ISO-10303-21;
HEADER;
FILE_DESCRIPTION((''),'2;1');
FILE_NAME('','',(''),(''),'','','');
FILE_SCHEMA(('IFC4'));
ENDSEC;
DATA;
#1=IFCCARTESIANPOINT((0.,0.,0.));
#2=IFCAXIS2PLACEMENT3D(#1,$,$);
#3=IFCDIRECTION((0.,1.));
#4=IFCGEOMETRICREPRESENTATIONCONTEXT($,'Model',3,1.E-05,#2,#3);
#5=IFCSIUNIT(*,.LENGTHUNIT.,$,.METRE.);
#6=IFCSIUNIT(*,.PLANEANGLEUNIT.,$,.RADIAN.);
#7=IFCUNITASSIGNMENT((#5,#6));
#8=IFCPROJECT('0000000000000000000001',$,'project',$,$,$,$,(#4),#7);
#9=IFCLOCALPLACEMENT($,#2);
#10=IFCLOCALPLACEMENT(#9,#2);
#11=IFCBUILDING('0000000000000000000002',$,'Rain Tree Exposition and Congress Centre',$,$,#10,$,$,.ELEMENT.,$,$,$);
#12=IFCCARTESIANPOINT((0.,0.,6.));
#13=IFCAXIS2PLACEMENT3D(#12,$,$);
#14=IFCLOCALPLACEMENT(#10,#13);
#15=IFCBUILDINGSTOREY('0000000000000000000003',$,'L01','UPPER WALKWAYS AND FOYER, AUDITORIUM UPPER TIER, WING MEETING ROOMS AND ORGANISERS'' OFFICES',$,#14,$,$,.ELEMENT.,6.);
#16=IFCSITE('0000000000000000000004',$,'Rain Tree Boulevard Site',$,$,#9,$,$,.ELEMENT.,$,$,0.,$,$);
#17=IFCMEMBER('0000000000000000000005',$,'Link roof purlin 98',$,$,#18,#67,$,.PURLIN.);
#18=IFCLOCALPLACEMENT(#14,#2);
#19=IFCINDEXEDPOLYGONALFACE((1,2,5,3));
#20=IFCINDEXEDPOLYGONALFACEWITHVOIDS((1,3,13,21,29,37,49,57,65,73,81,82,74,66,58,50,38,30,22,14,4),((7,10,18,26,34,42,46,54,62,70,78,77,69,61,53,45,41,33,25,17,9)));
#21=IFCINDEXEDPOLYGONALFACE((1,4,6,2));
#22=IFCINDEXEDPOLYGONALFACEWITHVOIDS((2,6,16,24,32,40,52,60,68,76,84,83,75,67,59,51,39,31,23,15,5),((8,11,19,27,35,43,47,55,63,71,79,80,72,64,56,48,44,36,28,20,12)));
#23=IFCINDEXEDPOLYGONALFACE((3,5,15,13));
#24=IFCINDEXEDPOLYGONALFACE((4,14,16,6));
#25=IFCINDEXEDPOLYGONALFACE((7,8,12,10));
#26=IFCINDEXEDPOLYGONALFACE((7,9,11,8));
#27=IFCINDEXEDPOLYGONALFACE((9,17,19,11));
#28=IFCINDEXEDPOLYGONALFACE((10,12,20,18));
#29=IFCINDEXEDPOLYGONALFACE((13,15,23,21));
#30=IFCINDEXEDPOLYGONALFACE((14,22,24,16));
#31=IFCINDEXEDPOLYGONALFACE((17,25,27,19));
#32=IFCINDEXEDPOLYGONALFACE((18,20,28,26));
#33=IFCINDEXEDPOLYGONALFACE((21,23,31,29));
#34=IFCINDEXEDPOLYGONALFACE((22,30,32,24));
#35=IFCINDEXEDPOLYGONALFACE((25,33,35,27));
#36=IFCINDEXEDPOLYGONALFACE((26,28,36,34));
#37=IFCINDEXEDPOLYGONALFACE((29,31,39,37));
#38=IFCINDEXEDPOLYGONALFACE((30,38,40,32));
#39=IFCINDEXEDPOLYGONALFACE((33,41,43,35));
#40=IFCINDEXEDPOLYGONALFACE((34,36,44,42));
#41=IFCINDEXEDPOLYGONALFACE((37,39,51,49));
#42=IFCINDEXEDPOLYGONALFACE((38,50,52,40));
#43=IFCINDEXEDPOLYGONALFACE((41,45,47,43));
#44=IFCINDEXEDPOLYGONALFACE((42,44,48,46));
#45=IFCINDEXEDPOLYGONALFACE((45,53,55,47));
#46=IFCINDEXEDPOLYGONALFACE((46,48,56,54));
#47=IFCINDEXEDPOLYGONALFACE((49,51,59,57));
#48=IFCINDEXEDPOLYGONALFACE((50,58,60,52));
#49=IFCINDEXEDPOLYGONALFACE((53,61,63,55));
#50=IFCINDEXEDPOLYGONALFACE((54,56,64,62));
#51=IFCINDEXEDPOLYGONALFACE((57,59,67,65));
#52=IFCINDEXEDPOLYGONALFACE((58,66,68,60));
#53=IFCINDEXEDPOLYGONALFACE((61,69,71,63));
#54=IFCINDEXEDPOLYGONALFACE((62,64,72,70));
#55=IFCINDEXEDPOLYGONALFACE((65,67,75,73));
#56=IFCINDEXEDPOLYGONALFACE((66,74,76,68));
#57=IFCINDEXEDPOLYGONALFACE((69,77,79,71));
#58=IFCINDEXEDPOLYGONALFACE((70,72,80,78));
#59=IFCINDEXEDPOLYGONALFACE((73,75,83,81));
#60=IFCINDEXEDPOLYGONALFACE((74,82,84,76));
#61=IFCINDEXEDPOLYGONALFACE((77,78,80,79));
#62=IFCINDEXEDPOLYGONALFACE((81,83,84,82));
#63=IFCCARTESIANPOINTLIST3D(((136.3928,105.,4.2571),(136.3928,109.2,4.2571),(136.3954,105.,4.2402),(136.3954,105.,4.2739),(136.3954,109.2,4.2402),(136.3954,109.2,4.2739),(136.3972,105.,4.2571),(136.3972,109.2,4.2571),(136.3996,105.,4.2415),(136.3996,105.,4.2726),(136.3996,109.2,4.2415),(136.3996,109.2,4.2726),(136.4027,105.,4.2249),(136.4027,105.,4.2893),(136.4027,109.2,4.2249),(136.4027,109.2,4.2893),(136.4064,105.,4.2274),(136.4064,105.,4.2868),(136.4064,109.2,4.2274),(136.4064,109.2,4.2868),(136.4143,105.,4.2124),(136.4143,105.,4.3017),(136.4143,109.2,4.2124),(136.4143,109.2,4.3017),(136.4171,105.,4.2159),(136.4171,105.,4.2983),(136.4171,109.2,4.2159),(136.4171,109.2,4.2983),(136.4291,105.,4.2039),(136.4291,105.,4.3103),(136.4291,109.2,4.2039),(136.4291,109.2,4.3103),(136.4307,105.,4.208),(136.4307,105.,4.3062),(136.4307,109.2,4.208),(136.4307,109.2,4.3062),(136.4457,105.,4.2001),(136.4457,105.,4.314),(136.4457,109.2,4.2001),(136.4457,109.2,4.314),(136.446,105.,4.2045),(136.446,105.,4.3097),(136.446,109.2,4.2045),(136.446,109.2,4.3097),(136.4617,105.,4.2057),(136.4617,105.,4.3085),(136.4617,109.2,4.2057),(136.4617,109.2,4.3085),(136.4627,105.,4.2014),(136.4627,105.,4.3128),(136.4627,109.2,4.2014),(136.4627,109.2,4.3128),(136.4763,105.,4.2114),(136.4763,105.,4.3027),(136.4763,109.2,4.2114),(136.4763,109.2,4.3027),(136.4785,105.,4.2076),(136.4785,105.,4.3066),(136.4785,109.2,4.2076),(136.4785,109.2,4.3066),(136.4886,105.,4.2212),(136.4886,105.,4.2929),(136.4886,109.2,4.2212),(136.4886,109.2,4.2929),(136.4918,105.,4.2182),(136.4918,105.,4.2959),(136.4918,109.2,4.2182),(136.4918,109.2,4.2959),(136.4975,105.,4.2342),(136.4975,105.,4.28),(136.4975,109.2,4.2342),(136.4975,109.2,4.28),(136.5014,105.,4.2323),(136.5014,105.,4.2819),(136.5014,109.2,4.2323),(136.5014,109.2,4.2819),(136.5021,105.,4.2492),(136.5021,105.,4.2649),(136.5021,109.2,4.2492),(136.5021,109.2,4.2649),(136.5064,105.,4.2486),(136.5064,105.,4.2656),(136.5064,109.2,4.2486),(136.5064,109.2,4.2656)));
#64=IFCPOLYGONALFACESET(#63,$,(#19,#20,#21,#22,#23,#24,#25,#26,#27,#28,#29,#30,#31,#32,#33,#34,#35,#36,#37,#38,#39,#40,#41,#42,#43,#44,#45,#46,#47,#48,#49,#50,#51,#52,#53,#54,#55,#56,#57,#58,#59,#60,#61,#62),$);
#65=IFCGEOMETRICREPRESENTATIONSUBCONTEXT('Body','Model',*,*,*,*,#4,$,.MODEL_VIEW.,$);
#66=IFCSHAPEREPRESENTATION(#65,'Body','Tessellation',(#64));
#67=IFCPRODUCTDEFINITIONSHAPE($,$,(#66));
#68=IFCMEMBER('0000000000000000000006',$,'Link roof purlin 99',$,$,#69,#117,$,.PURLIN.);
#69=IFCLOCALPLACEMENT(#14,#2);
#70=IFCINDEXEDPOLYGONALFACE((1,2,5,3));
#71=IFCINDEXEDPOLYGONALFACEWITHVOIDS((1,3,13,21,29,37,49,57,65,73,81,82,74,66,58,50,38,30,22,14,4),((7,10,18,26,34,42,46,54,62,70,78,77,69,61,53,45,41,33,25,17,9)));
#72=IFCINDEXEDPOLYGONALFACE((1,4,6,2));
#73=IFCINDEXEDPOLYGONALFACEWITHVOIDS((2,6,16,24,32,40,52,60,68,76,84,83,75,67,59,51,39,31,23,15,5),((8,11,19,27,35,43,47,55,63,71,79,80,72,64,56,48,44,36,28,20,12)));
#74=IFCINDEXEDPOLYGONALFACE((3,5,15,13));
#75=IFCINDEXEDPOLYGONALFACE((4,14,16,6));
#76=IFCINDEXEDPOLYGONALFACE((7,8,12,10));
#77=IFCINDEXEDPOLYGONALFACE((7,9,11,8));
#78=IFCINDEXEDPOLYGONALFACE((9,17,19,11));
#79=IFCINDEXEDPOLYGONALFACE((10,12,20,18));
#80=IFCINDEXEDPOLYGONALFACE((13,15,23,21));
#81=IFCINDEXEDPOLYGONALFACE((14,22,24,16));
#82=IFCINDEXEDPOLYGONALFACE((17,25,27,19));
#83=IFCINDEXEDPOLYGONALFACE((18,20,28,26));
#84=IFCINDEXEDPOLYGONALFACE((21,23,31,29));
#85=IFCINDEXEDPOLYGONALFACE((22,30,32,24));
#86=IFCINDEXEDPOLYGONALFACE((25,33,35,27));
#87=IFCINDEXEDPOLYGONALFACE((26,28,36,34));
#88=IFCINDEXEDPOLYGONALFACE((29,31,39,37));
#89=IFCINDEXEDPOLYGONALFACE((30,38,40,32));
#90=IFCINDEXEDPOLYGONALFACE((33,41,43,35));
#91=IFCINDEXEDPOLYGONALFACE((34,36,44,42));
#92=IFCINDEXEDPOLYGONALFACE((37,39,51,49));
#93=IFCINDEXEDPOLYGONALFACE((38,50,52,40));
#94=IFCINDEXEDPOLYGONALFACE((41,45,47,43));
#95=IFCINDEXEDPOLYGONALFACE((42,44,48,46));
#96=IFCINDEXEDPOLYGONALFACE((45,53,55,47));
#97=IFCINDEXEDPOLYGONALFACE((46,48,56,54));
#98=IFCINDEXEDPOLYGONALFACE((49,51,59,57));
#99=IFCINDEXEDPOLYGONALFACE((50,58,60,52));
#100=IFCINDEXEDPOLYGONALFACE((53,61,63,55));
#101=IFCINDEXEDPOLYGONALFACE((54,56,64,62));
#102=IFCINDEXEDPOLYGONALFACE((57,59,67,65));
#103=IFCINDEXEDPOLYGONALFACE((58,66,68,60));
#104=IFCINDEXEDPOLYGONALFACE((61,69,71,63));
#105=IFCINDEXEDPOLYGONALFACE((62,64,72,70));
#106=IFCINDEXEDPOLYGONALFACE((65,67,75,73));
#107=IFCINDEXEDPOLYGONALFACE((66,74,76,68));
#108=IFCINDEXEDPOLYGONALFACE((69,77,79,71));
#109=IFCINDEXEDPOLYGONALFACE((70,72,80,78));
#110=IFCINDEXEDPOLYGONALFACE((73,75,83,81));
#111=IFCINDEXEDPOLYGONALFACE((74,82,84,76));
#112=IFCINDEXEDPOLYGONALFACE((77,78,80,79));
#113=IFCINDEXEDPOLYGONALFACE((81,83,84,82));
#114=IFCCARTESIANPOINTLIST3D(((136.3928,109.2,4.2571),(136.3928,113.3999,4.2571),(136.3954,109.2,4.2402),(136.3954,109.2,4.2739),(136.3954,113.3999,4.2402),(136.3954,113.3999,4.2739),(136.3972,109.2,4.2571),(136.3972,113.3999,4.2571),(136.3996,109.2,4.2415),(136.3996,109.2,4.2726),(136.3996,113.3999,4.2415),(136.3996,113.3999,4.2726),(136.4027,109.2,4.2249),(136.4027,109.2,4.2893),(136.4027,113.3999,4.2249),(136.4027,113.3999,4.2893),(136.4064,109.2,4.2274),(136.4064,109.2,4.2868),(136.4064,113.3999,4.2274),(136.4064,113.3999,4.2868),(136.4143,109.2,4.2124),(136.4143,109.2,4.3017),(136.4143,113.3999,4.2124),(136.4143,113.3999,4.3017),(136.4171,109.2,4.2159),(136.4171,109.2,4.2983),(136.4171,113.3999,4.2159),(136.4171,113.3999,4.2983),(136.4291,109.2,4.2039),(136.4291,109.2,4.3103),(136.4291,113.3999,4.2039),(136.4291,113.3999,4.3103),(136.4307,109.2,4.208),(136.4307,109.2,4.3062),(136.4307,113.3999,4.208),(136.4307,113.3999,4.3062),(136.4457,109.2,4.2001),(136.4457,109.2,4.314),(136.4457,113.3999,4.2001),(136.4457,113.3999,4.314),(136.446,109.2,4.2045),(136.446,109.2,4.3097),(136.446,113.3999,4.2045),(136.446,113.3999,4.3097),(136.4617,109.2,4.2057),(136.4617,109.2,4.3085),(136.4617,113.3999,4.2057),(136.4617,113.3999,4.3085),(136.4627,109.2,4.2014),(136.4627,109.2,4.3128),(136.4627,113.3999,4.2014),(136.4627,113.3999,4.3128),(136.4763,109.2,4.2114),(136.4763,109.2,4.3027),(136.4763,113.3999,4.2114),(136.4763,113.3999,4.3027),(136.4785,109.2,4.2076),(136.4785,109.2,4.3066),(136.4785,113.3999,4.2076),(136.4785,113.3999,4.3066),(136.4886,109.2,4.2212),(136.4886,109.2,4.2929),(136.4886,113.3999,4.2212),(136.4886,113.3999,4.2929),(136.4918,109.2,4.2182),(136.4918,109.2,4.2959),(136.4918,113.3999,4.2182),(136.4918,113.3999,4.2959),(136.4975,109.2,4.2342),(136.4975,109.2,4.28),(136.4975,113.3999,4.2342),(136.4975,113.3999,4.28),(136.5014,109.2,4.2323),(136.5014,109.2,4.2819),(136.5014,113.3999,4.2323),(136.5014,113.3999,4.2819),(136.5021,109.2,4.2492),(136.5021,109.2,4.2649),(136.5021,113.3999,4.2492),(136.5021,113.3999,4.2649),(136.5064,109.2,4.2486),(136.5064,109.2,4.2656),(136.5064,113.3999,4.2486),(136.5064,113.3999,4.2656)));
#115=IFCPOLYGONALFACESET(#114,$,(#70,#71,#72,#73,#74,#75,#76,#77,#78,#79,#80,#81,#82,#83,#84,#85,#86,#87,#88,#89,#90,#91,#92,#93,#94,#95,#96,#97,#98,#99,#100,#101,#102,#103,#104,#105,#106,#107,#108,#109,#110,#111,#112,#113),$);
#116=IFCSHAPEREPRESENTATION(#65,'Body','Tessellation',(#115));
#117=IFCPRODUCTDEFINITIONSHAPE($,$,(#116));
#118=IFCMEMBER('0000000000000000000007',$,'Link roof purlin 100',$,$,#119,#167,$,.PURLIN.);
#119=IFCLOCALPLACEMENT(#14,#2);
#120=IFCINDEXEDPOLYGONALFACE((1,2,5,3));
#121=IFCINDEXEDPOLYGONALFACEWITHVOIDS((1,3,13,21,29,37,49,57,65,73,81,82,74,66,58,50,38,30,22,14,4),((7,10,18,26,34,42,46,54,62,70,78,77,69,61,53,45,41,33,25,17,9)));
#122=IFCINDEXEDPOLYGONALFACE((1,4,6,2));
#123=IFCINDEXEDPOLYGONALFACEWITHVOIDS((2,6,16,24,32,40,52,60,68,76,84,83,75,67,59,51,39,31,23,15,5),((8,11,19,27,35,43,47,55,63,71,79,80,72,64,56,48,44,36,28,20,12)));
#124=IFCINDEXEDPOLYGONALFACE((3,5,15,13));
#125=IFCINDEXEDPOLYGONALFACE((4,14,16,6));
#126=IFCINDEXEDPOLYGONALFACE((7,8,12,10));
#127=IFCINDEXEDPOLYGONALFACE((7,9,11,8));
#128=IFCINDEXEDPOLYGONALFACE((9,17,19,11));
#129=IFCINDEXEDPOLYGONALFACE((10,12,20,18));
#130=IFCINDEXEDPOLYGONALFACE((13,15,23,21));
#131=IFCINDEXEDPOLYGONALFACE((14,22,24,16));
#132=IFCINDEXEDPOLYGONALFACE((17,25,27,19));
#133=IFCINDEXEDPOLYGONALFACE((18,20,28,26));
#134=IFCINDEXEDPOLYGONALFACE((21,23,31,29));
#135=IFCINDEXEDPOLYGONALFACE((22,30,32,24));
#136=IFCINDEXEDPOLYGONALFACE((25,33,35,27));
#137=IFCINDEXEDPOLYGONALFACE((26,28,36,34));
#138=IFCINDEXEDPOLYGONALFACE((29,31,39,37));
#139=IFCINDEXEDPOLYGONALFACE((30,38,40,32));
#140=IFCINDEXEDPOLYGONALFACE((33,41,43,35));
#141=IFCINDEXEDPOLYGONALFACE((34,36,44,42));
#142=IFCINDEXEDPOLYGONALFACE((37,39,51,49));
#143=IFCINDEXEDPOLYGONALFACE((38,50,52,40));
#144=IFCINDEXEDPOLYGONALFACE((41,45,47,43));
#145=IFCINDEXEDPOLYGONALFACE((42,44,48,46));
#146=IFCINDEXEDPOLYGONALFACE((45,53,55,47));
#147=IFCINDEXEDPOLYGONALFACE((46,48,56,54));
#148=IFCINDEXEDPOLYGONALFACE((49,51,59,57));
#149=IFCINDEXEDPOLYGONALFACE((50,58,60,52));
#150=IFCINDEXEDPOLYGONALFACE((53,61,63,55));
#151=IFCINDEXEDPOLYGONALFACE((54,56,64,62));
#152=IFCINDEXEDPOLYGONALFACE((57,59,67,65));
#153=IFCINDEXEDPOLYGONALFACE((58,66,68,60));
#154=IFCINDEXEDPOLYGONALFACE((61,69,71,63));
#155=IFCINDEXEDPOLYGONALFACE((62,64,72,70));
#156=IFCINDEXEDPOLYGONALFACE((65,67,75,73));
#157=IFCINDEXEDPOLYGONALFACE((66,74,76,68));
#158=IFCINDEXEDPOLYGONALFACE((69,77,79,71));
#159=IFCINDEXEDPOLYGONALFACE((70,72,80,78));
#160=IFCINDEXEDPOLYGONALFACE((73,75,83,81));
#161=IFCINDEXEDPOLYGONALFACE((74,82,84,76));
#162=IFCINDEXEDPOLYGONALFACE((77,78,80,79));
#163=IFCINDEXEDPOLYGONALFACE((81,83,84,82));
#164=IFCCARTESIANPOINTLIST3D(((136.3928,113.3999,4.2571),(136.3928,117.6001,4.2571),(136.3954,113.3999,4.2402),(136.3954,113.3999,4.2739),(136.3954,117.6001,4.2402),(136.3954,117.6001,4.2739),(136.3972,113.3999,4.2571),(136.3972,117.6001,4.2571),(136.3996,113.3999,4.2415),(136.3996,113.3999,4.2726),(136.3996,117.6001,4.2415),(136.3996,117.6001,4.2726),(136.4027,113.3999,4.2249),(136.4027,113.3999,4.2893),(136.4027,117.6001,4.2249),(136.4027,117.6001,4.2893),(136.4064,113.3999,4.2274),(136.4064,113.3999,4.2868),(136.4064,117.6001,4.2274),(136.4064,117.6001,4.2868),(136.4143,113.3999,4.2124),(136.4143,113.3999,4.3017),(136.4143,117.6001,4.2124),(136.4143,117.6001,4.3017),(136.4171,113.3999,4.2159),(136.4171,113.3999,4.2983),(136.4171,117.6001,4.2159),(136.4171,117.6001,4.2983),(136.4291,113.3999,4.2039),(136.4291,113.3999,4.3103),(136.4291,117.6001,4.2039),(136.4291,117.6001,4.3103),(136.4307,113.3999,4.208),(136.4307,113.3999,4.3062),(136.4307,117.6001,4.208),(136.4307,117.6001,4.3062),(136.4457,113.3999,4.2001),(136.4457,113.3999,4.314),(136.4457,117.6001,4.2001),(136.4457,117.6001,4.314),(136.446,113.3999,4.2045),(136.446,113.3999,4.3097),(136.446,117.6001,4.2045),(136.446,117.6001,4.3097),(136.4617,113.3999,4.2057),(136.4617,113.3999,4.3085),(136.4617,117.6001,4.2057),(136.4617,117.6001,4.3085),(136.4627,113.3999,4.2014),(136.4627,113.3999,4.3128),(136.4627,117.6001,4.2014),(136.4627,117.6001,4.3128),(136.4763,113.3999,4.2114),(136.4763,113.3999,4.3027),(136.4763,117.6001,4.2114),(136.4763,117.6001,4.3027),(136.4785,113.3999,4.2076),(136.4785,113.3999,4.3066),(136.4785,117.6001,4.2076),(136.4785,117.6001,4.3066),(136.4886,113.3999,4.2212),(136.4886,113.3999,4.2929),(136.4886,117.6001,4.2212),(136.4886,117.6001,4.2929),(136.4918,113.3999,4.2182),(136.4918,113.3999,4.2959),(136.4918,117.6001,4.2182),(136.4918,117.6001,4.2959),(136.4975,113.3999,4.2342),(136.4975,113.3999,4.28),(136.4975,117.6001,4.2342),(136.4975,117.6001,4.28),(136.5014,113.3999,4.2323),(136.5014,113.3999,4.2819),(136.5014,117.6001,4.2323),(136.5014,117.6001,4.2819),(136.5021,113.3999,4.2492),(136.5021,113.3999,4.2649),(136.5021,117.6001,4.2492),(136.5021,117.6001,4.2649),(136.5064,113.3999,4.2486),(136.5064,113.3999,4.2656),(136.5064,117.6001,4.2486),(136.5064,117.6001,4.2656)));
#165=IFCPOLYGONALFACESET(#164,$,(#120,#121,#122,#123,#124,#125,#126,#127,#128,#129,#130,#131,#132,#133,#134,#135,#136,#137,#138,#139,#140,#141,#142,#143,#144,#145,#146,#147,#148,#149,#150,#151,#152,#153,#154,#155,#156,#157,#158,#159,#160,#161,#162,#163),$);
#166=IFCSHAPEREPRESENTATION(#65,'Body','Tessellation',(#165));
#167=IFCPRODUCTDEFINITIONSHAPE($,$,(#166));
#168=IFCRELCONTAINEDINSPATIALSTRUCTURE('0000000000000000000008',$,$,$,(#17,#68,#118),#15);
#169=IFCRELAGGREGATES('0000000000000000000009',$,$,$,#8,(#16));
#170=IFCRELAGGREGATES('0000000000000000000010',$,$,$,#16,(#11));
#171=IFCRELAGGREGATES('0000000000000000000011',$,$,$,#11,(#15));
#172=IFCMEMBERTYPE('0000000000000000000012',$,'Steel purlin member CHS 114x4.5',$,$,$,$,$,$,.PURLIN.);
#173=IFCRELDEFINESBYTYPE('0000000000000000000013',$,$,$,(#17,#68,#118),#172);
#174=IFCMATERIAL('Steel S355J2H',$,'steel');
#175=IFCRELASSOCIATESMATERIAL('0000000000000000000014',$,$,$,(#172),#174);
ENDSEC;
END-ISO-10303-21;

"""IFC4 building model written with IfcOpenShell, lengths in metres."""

from ifc_helpers import new_model, si_unit, direction, frame, origin, origin_2d, place, context, subcontext, project, spatial, hollow_circle, extrude, material, material_profile, profile_set, type_object, element, save


model = new_model("IFC4")

# Units and contexts
model_context = context("Model", 3, precision=1e-05, world=origin(), true_north=direction((0.0, 1.0)))
body_context = subcontext(model_context, "Body", "Model", "MODEL_VIEW")
ifc_project = project(units=[si_unit("LENGTHUNIT", "METRE"), si_unit("PLANEANGLEUNIT", "RADIAN")], contexts=[model_context])

# Site, building, storey
site_placement = place(None, origin())
site = spatial("IfcSite", under=ifc_project, at=site_placement, Name="Rain Tree Boulevard Site", CompositionType="ELEMENT", RefElevation=0.0)
building_placement = place(site_placement, origin())
building = spatial("IfcBuilding", under=site, at=building_placement, Name="Rain Tree Exposition and Congress Centre", CompositionType="ELEMENT")
storey_placement = place(building_placement, frame((0.0, 0.0, 6.0)))
storey = spatial("IfcBuildingStorey", under=building, at=storey_placement, Name="L01", Description="UPPER WALKWAYS AND FOYER, AUDITORIUM UPPER TIER, WING MEETING ROOMS AND ORGANISERS' OFFICES", CompositionType="ELEMENT", Elevation=6.0)

# Members
ifc_material_1 = material(Name="Steel S355J2H", Category="steel")
ifc_material_profile = material_profile(ifc_material_1, hollow_circle(Radius=0.0571, WallThickness=0.0044, at=origin_2d()), Name="CHS 114x4.5")
ifc_profile_set = profile_set([ifc_material_profile], Name="Steel S355J2H")
member_type = type_object("IfcMemberType", Name="Steel purlin member CHS 114x4.5", PredefinedType="PURLIN", material=ifc_profile_set)
for number, where, z_axis, x_axis, name in (
    (1, (136.45, 105.0, 4.2571), (0.0, 1.0, 0.0), (-1.0, 0.0, 0.0), "Link roof purlin 98"),
    (2, (136.45, 109.2, 4.2571), (0.0, 1.0, 0.0), (-1.0, 0.0, 0.0), "Link roof purlin 99"),
):
    element("IfcMember", number, at=place(storey_placement, frame(where, z_axis=z_axis, x_axis=x_axis)), inside=storey, type_object=member_type, Name=name, PredefinedType="PURLIN", context=body_context, shape_type="SweptSolid", body=[
        extrude(hollow_circle(Radius=0.0571, WallThickness=0.0044, at=origin_2d()), origin(), (0.0, 0.0, 1.0), 4.2),
    ])
member_1_placement = place(storey_placement, frame((136.45, 113.3999, 4.2571), z_axis=(0.0, 1.0, 0.0), x_axis=(-1.0, 0.0, 0.0)))
element("IfcMember", 3, at=member_1_placement, inside=storey, type_object=member_type, Name="Link roof purlin 100", PredefinedType="PURLIN", context=body_context, shape_type="SweptSolid", body=[
    extrude(hollow_circle(Radius=0.0571, WallThickness=0.0044, at=origin_2d()), origin(), (0.0, 0.0, 1.0), 4.2002),
])

save(model, "model.ifc")
